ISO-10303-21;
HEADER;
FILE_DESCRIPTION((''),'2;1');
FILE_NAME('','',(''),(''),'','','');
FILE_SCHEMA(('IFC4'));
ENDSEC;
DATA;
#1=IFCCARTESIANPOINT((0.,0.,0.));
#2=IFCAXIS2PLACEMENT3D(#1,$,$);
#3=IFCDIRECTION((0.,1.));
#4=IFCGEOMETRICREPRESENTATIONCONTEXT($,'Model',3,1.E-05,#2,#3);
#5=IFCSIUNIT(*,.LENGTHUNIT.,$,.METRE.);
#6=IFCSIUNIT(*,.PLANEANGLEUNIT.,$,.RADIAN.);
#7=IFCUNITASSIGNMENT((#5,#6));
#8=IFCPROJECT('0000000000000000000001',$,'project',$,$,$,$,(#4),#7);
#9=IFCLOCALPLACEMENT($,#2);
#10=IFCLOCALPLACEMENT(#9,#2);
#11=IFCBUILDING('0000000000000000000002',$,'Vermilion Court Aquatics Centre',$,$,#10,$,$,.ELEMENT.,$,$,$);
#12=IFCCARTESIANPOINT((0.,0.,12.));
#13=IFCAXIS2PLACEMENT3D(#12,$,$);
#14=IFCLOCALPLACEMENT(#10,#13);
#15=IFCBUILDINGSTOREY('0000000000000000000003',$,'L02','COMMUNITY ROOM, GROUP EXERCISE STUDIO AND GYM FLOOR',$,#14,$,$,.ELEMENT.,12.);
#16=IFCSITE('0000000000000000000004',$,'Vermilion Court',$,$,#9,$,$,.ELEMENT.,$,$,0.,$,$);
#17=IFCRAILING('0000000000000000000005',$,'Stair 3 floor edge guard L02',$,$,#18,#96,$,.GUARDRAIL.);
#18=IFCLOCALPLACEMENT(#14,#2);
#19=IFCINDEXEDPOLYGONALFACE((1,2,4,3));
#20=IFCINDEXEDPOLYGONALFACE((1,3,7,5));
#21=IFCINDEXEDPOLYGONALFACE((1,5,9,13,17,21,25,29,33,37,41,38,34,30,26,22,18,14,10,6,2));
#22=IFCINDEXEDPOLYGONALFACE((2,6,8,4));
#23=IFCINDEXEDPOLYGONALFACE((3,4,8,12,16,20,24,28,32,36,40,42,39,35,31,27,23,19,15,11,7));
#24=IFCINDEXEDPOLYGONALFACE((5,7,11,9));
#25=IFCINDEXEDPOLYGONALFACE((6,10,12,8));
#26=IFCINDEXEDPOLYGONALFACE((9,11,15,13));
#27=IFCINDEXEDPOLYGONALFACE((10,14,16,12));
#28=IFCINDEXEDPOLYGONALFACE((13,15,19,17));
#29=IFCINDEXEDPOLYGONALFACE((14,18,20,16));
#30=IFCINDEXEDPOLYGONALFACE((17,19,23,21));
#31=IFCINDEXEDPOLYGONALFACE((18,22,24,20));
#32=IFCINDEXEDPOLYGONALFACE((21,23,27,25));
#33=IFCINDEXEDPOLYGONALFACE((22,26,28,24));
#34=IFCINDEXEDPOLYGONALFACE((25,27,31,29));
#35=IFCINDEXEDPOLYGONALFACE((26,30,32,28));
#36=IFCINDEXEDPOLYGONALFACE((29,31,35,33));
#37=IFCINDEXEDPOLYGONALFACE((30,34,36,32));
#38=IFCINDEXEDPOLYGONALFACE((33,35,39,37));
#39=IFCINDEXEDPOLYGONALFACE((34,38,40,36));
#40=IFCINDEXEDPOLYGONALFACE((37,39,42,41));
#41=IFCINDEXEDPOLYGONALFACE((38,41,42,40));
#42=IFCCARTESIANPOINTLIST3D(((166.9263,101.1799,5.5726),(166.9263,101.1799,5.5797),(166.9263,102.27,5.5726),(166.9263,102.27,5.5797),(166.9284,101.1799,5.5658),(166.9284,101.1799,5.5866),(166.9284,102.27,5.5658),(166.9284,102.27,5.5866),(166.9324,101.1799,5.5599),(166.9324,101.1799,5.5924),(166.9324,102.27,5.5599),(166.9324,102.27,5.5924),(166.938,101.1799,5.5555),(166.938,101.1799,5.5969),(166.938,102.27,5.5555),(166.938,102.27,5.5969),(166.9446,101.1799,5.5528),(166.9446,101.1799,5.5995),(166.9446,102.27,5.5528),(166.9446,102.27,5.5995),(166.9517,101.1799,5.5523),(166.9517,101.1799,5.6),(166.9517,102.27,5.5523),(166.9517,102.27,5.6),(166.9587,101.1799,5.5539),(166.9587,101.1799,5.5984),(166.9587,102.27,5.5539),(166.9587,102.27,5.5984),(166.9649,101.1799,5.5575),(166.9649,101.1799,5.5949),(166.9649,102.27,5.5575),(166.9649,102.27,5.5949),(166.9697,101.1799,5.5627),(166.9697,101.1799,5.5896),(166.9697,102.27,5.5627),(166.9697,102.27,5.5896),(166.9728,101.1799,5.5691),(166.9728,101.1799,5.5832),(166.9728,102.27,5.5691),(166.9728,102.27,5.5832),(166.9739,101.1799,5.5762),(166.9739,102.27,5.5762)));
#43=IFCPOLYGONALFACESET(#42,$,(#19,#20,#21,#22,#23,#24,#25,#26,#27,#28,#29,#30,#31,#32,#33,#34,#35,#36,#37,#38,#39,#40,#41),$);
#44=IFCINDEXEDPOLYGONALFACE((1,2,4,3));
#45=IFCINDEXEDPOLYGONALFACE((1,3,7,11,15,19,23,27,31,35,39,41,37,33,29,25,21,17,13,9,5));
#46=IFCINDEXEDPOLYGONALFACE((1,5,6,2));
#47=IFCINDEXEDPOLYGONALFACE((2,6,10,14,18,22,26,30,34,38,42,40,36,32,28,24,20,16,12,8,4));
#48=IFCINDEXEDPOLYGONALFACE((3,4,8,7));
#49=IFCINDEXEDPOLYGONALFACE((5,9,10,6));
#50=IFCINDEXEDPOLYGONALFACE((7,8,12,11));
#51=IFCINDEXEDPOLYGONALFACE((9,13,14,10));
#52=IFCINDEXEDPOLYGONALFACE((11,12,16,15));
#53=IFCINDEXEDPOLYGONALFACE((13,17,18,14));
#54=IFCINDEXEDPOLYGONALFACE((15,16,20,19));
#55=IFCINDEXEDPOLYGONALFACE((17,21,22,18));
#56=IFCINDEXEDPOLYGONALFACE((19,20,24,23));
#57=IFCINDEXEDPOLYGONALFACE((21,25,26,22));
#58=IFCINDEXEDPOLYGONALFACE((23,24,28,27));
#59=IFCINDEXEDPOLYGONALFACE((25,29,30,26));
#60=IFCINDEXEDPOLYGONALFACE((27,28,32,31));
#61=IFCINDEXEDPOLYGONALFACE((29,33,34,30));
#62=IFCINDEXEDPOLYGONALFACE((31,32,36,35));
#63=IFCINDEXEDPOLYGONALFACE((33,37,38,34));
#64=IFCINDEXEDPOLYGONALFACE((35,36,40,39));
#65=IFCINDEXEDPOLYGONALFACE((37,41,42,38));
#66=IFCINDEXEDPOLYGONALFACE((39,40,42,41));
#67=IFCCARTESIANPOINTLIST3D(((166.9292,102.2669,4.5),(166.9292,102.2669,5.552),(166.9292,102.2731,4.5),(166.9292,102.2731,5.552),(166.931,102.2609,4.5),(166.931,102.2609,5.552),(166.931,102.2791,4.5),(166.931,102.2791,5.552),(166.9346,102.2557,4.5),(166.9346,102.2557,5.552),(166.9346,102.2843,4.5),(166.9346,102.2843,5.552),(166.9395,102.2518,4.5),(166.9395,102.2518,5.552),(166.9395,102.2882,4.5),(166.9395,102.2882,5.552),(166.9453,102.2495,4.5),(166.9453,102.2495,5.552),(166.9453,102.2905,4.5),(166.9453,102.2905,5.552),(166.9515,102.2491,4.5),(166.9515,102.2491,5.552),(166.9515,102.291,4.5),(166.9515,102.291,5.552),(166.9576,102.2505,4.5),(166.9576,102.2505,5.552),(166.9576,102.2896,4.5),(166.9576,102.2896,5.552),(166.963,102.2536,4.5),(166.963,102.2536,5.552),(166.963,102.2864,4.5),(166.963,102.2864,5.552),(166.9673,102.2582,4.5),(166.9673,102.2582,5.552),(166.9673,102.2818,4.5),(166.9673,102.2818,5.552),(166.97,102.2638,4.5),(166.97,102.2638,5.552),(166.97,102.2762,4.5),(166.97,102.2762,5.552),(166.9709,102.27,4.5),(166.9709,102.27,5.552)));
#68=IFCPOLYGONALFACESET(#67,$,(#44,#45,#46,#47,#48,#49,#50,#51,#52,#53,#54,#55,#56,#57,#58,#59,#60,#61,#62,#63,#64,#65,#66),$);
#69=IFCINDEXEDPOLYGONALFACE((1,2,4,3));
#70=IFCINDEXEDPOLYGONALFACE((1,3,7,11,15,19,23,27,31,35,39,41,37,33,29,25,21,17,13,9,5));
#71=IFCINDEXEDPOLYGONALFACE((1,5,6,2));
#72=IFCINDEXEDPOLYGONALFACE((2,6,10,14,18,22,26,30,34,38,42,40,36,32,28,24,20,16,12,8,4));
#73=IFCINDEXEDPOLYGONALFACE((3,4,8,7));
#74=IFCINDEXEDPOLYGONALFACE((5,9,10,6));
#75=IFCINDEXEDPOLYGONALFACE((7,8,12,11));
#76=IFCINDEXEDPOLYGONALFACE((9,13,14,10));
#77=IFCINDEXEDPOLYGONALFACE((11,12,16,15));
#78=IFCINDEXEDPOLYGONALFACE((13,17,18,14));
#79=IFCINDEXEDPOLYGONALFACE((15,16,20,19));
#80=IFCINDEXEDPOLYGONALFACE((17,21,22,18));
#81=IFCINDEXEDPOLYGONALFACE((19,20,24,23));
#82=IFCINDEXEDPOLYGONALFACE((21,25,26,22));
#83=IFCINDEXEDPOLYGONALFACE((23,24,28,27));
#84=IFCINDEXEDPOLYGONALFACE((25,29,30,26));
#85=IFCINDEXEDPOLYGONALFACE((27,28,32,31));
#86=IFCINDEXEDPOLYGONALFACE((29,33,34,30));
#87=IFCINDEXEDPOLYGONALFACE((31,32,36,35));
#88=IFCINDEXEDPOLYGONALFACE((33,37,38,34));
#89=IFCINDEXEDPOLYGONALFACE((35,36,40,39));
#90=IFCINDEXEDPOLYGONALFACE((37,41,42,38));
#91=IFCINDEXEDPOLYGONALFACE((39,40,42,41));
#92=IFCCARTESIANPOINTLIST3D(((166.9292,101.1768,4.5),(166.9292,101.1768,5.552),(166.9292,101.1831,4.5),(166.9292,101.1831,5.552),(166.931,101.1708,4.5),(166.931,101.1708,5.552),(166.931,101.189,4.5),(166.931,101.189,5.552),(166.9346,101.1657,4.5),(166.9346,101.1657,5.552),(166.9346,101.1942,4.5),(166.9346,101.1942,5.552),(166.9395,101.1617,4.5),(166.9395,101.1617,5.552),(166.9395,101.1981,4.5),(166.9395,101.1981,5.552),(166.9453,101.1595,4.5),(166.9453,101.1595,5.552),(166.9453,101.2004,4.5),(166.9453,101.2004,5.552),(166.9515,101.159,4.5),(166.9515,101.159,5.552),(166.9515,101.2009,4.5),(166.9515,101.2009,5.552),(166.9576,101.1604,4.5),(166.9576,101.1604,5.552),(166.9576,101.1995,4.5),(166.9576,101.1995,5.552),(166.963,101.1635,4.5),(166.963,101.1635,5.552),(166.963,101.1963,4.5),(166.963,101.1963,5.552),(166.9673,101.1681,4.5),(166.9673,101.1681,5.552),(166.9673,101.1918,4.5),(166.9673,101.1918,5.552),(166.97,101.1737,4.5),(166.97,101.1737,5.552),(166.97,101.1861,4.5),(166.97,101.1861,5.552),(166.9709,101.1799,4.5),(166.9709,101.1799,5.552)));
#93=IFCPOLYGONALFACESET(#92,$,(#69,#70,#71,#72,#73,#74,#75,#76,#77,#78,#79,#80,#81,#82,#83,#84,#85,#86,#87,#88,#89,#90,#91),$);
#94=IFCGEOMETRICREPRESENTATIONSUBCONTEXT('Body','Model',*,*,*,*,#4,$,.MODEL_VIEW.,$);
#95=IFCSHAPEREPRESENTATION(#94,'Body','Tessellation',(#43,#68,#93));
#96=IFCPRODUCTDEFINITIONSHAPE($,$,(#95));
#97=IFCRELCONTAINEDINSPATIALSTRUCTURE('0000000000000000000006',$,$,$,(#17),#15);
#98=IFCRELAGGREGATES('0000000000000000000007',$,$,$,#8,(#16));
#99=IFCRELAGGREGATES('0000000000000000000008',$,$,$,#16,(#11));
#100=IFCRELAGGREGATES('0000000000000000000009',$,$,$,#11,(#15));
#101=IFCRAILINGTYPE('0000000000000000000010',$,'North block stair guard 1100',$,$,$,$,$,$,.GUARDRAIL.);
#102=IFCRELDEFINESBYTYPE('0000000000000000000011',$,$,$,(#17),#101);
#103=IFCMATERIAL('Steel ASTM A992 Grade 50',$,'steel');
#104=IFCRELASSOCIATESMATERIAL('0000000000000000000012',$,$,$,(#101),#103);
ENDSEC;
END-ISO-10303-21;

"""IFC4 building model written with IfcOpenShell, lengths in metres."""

from ifc_helpers import new_model, si_unit, direction, frame, origin, origin_2d, place, context, subcontext, project, spatial, circle, extrude, material, type_object, element, save


model = new_model("IFC4")

# Units and contexts
model_context = context("Model", 3, precision=1e-05, world=origin(), true_north=direction((0.0, 1.0)))
body_context = subcontext(model_context, "Body", "Model", "MODEL_VIEW")
ifc_project = project(units=[si_unit("LENGTHUNIT", "METRE"), si_unit("PLANEANGLEUNIT", "RADIAN")], contexts=[model_context])

# Site, building, storey
site_placement = place(None, origin())
site = spatial("IfcSite", under=ifc_project, at=site_placement, Name="Vermilion Court", CompositionType="ELEMENT", RefElevation=0.0)
building_placement = place(site_placement, origin())
building = spatial("IfcBuilding", under=site, at=building_placement, Name="Vermilion Court Aquatics Centre", CompositionType="ELEMENT")
storey_placement = place(building_placement, frame((0.0, 0.0, 12.0)))
storey = spatial("IfcBuildingStorey", under=building, at=storey_placement, Name="L02", Description="COMMUNITY ROOM, GROUP EXERCISE STUDIO AND GYM FLOOR", CompositionType="ELEMENT", Elevation=12.0)

# Railing
ifc_material_1 = material(Name="Steel ASTM A992 Grade 50", Category="steel")
railing_type_1 = type_object("IfcRailingType", Name="North block stair guard 1100", PredefinedType="GUARDRAIL", material=ifc_material_1)
railing_1_placement = place(storey_placement, frame((166.95, 102.27, 4.5)))
element("IfcRailing", 1, at=railing_1_placement, inside=storey, type_object=railing_type_1, Name="Stair 3 floor edge guard L02", PredefinedType="GUARDRAIL", context=body_context, shape_type="SweptSolid", body=[
    extrude(circle(Radius=0.0239, at=origin_2d()), frame((0.0, 0.0, 1.0762), z_axis=(0.0, -1.0, 0.0), x_axis=(1.0, 0.0, 0.0)), (0.0, 0.0, 1.0), 1.0901),
    extrude(circle(Radius=0.021, at=origin_2d()), origin(), (0.0, 0.0, 1.0), 1.052),
    extrude(circle(Radius=0.021, at=origin_2d()), frame((0.0, -1.0901, 0.0)), (0.0, 0.0, 1.0), 1.052),
])

save(model, "model.ifc")
